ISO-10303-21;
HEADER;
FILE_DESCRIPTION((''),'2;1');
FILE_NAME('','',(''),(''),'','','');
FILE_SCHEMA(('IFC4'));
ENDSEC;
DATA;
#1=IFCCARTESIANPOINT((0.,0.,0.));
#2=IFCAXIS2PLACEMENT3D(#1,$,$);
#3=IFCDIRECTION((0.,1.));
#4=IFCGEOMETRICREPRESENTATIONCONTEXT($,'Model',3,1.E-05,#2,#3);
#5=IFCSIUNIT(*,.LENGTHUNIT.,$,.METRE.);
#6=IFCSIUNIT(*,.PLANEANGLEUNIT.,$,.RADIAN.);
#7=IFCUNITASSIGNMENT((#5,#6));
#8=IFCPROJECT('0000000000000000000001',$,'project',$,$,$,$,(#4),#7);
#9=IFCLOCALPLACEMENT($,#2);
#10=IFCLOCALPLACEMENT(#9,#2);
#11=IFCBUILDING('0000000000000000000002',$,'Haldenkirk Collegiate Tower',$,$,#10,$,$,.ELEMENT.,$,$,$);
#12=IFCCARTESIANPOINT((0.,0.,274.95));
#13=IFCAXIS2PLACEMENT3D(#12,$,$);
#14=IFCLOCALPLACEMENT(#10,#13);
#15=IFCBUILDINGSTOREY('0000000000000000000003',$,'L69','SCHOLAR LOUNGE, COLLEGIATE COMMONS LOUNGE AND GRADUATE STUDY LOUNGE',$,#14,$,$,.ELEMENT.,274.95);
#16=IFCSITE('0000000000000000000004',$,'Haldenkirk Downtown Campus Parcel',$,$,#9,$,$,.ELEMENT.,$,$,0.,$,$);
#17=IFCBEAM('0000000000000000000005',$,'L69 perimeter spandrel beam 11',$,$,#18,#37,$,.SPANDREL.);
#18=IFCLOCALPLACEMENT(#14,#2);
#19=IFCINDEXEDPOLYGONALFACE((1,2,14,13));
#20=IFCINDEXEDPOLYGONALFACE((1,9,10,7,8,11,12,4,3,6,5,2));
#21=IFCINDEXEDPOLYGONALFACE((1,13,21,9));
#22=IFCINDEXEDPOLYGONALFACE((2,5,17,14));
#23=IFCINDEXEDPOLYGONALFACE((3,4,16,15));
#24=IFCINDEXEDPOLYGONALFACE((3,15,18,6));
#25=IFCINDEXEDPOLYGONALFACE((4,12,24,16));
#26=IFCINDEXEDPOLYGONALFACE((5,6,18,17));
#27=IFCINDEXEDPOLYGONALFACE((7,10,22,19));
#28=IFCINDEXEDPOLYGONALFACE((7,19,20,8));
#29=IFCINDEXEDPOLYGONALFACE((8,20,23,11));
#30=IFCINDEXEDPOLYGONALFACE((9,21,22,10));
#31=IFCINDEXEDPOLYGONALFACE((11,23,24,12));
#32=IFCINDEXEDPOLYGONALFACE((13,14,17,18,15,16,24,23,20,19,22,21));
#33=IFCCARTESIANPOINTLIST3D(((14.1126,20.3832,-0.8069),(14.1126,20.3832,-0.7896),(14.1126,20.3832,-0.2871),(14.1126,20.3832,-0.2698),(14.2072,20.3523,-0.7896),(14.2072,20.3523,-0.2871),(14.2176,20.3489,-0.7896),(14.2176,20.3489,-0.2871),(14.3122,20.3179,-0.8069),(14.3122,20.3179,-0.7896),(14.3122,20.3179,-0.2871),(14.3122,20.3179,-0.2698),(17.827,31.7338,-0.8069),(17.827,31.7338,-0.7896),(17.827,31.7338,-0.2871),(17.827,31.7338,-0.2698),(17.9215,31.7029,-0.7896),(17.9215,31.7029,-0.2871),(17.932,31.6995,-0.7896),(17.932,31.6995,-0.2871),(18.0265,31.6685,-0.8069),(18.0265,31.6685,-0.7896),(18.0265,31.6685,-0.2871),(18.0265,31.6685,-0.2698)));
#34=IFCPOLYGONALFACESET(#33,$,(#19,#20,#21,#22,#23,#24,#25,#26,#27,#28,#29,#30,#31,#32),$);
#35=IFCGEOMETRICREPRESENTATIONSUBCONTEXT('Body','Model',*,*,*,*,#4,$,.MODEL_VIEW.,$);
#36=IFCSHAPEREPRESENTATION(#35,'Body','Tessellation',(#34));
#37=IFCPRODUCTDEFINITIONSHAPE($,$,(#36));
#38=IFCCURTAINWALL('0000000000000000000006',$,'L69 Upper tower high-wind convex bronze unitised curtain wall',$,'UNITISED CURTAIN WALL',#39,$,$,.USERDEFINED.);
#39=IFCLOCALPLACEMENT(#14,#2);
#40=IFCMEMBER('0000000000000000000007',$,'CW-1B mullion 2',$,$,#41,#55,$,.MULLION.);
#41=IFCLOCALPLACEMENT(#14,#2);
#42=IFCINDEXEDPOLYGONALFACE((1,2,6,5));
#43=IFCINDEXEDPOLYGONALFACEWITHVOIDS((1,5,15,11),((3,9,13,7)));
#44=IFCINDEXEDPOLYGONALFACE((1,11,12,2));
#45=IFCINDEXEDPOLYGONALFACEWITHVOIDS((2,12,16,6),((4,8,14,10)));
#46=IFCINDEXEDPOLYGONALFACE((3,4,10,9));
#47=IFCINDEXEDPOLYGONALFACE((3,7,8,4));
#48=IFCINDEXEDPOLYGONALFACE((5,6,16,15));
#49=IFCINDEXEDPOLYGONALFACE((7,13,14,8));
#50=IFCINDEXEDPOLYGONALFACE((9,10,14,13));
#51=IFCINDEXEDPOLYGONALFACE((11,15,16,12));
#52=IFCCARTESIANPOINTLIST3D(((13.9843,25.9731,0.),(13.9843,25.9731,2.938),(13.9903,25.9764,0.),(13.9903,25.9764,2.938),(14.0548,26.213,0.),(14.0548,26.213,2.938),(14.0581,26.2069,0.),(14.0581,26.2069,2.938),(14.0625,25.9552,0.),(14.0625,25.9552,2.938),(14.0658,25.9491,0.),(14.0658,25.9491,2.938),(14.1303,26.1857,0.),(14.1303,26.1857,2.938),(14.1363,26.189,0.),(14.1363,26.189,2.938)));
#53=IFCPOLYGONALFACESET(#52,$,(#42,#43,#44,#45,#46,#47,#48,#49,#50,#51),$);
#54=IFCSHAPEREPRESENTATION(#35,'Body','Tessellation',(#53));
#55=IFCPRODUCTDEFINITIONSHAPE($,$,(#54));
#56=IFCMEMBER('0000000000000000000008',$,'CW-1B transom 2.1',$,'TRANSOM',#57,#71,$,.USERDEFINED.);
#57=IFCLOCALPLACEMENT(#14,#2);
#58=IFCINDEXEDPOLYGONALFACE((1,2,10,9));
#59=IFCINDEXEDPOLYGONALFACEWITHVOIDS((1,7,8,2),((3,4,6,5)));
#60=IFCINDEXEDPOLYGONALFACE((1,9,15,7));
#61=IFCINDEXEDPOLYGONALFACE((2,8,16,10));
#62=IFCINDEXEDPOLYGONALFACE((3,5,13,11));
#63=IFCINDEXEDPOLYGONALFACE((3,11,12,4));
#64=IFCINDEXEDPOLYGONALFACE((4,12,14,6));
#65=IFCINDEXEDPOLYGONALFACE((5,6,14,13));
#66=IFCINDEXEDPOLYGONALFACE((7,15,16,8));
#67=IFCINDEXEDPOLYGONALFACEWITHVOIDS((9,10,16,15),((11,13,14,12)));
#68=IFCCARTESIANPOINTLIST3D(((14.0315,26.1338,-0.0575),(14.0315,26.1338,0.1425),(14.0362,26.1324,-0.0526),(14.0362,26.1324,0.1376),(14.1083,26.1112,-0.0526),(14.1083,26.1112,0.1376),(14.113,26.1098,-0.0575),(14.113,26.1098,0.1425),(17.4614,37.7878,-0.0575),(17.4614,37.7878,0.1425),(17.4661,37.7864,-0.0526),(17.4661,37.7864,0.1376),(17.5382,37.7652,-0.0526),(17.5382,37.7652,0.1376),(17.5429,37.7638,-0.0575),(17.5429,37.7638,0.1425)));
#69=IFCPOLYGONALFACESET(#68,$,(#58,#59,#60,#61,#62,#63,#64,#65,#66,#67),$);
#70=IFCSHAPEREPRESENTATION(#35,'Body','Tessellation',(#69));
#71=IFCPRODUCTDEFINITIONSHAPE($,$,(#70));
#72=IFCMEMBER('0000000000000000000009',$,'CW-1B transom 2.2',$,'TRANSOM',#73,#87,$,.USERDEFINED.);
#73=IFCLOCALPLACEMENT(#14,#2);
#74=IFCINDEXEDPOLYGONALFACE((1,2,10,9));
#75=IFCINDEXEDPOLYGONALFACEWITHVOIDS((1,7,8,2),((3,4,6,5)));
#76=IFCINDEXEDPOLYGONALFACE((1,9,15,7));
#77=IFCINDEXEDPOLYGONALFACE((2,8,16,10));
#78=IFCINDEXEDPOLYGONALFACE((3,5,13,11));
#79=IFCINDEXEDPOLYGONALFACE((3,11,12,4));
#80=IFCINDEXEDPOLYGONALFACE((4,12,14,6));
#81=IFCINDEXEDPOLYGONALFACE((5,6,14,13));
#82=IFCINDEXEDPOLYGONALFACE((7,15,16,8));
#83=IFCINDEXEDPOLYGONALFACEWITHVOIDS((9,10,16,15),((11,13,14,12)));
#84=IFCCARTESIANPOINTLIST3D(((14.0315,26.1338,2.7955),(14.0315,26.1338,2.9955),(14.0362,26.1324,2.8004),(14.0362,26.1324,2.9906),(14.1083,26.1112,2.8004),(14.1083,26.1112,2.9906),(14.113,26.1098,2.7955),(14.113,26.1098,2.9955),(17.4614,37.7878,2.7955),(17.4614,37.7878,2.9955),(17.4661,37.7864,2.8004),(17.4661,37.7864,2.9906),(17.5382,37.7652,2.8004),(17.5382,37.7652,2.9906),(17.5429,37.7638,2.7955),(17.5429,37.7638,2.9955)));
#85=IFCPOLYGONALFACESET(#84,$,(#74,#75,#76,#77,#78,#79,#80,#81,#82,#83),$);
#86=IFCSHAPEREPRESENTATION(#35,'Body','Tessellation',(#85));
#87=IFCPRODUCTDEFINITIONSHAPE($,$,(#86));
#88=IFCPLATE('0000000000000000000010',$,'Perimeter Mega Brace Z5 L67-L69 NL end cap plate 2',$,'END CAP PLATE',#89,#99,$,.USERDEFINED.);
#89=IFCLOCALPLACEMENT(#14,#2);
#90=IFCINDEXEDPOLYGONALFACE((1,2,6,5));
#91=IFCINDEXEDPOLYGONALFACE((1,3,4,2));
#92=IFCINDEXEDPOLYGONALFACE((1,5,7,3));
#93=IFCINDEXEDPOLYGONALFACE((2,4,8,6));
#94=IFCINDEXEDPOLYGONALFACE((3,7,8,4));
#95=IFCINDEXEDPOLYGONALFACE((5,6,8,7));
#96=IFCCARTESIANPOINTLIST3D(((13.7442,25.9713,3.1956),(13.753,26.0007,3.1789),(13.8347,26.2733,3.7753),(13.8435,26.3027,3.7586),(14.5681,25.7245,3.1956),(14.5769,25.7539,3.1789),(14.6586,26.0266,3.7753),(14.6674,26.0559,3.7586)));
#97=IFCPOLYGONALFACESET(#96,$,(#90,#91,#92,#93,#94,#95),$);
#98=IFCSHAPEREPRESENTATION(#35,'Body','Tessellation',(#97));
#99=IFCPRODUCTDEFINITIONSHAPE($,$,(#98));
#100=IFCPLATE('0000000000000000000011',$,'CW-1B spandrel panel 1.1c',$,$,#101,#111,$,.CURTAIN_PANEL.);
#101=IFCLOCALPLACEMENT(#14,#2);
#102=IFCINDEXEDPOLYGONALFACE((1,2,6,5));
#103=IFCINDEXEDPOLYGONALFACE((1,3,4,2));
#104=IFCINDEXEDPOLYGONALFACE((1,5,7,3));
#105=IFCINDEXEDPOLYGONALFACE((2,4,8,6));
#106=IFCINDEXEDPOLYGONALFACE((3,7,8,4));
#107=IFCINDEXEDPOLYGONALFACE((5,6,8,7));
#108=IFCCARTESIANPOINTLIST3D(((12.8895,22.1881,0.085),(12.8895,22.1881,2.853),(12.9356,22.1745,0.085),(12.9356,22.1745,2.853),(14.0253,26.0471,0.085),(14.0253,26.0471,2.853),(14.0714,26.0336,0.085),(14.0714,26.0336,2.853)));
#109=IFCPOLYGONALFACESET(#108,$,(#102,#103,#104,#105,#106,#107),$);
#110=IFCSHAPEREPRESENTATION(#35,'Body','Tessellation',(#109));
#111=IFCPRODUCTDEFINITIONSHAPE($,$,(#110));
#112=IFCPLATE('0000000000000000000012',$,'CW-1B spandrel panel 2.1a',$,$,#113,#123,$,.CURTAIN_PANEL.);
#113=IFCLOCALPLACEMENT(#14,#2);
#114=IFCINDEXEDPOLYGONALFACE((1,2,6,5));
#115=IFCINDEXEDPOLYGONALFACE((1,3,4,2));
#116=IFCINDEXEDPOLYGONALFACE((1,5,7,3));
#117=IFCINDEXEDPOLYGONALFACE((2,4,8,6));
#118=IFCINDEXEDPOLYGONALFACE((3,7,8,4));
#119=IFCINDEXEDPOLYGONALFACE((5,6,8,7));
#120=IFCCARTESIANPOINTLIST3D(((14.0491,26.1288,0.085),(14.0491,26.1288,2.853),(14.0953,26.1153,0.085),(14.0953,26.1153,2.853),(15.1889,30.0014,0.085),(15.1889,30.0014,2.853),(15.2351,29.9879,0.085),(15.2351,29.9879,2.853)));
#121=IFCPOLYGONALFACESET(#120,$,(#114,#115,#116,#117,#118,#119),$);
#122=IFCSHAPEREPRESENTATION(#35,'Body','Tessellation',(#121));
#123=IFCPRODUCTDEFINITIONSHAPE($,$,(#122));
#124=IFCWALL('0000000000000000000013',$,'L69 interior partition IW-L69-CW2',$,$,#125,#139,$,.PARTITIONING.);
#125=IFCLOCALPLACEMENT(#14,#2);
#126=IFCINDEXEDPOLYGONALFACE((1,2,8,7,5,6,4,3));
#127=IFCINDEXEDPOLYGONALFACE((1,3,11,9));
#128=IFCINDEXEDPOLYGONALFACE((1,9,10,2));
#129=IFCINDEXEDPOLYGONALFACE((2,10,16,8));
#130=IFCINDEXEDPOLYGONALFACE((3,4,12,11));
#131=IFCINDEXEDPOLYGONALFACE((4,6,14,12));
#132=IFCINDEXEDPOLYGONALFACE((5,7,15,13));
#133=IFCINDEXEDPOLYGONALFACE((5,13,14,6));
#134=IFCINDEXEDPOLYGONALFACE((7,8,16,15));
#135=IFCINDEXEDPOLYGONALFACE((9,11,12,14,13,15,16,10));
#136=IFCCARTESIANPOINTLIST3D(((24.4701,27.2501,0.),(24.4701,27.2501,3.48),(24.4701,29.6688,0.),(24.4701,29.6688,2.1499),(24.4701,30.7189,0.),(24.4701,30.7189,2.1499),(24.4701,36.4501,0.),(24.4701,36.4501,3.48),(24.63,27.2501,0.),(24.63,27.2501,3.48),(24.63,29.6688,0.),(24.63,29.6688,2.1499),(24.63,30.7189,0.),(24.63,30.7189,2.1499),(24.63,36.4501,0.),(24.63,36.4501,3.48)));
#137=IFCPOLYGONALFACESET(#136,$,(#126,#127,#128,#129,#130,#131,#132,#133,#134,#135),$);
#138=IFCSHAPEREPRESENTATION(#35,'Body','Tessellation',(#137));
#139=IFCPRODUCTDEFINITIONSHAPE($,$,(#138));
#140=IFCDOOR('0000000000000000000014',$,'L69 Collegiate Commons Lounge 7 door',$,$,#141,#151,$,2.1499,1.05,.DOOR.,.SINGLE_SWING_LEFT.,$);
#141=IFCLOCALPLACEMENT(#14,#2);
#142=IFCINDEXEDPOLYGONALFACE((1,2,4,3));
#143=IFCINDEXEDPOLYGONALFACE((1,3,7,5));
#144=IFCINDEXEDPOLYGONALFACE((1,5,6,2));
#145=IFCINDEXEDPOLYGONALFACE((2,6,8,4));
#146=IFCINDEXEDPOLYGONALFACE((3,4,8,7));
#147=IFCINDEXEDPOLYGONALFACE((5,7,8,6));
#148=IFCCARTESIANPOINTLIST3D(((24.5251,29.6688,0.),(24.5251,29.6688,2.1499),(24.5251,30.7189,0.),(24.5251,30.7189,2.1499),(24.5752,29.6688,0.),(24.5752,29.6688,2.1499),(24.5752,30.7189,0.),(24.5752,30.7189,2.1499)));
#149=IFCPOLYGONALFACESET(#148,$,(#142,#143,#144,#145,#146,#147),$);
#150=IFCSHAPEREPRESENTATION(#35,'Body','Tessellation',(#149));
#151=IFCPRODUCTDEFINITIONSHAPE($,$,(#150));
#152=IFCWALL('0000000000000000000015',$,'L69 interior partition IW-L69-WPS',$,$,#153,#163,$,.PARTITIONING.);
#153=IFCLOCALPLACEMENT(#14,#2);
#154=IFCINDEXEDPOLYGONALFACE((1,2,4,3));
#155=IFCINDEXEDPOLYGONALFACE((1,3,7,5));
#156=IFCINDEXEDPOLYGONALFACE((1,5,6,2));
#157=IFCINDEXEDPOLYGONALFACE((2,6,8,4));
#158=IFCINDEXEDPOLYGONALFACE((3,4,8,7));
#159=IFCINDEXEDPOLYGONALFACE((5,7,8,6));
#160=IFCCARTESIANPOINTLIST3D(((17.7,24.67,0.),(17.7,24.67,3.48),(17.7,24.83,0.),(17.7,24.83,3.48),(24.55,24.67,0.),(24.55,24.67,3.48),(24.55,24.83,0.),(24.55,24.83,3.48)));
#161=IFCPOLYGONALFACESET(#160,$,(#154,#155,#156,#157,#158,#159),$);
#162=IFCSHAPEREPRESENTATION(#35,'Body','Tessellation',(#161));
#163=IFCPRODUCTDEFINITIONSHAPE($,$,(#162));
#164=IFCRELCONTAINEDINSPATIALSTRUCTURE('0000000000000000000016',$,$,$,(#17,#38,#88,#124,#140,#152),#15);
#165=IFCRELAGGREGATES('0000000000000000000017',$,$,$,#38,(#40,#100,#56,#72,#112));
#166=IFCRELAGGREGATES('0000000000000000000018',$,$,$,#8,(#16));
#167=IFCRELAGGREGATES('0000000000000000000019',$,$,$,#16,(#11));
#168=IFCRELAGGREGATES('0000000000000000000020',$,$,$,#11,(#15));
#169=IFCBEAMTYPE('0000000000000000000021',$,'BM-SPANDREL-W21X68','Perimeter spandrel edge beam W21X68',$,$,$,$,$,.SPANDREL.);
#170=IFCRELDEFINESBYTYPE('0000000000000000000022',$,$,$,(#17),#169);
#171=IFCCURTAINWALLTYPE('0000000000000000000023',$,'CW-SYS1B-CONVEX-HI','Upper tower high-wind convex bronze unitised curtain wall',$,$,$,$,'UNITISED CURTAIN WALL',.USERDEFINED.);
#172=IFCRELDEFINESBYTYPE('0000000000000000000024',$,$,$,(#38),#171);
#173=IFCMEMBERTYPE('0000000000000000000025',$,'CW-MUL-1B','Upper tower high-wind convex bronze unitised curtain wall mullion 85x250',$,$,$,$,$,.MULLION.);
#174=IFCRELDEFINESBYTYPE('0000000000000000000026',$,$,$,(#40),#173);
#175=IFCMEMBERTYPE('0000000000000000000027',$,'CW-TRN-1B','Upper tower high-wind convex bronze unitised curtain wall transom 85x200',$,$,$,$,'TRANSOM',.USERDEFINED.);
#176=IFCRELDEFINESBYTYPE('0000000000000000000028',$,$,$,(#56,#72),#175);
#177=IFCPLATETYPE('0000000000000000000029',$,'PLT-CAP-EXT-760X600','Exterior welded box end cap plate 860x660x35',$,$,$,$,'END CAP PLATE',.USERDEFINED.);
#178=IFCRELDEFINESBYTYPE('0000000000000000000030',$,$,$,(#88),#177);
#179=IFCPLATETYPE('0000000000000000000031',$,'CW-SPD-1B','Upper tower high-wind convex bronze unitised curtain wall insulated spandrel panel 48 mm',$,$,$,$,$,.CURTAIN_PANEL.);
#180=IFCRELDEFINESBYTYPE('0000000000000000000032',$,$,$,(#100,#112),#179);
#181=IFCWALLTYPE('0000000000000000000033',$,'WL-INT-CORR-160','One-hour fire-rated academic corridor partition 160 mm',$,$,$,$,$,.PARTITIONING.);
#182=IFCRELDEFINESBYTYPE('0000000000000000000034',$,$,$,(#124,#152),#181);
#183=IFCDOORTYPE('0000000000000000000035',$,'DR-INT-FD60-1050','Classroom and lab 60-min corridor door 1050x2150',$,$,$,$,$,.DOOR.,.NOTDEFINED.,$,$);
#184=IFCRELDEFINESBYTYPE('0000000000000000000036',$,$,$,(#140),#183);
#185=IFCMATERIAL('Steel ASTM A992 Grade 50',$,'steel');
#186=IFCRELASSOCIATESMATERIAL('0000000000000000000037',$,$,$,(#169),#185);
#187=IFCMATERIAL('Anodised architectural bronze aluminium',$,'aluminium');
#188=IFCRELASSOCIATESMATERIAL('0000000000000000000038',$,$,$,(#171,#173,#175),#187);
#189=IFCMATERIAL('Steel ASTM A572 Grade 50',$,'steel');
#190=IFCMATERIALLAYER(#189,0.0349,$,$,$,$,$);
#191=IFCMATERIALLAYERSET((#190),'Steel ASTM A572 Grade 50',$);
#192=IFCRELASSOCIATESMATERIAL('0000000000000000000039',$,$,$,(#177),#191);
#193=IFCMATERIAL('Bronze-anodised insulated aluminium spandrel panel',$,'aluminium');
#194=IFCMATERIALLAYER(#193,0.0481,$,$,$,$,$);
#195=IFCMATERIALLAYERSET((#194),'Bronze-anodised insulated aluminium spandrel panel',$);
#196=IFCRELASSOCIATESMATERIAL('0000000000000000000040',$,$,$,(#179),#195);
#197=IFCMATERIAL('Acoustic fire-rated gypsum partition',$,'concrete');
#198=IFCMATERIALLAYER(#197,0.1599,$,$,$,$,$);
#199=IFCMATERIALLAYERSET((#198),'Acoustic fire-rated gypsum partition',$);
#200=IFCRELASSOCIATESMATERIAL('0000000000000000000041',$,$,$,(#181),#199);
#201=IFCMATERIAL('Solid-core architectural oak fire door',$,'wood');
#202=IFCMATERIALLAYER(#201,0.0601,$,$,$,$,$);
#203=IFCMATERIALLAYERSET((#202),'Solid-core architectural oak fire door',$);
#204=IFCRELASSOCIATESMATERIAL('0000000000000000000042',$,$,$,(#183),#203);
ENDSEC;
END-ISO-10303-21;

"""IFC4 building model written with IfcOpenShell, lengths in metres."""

from ifc_helpers import new_model, si_unit, direction, frame, frame_2d, origin, origin_2d, place, context, subcontext, project, spatial, rectangle, hollow_rectangle, i_section, extrude, source, transform, mapped, material, layer, layer_set, material_profile, profile_set, type_object, element, fill, aggregate, save


model = new_model("IFC4")

# Units and contexts
model_context = context("Model", 3, precision=1e-05, world=origin(), true_north=direction((0.0, 1.0)))
body_context = subcontext(model_context, "Body", "Model", "MODEL_VIEW")
ifc_project = project(units=[si_unit("LENGTHUNIT", "METRE"), si_unit("PLANEANGLEUNIT", "RADIAN")], contexts=[model_context])

# Site, building, storey
site_placement = place(None, origin())
site = spatial("IfcSite", under=ifc_project, at=site_placement, Name="Haldenkirk Downtown Campus Parcel", CompositionType="ELEMENT", RefElevation=0.0)
building_placement = place(site_placement, origin())
building = spatial("IfcBuilding", under=site, at=building_placement, Name="Haldenkirk Collegiate Tower", CompositionType="ELEMENT")
storey_placement = place(building_placement, frame((0.0, 0.0, 274.95)))
storey = spatial("IfcBuildingStorey", under=building, at=storey_placement, Name="L69", Description="SCHOLAR LOUNGE, COLLEGIATE COMMONS LOUNGE AND GRADUATE STUDY LOUNGE", CompositionType="ELEMENT", Elevation=274.95)

# Beam
ifc_material_1 = material(Name="Steel ASTM A992 Grade 50", Category="steel")
ifc_material_profile_1 = material_profile(ifc_material_1, i_section(OverallWidth=0.21, OverallDepth=0.5371, WebThickness=0.011, FlangeThickness=0.0173, at=origin_2d()), Name="W21X68")
ifc_profile_set_1 = profile_set([ifc_material_profile_1], Name="Steel ASTM A992 Grade 50")
beam_type = type_object("IfcBeamType", Name="BM-SPANDREL-W21X68", Description="Perimeter spandrel edge beam W21X68", PredefinedType="SPANDREL", material=ifc_profile_set_1)
beam_placement = place(storey_placement, frame((17.9268, 31.7012, -0.5383), z_axis=(-0.31101, -0.950407, 0.0), x_axis=(0.950407, -0.31101, 0.0)))
element("IfcBeam", 1, at=beam_placement, inside=storey, type_object=beam_type, Name="L69 perimeter spandrel beam 11", PredefinedType="SPANDREL", context=body_context, shape_type="SweptSolid", body=[
    extrude(i_section(OverallWidth=0.21, OverallDepth=0.5371, WebThickness=0.011, FlangeThickness=0.0173, at=origin_2d()), origin(), (0.0, 0.0, 1.0), 11.9429),
])

# Curtain wall, members
ifc_material_2 = material(Name="Anodised architectural bronze aluminium", Category="aluminium")
curtain_wall_type = type_object("IfcCurtainWallType", Name="CW-SYS1B-CONVEX-HI", Description="Upper tower high-wind convex bronze unitised curtain wall", ElementType="UNITISED CURTAIN WALL", PredefinedType="USERDEFINED", material=ifc_material_2)
curtain_wall_placement = place(storey_placement, origin())
curtain_wall = element("IfcCurtainWall", 2, at=curtain_wall_placement, inside=storey, type_object=curtain_wall_type, Name="L69 Upper tower high-wind convex bronze unitised curtain wall", ObjectType="UNITISED CURTAIN WALL", PredefinedType="USERDEFINED")
ifc_material_profile_2 = material_profile(ifc_material_2, hollow_rectangle(XDim=0.085, YDim=0.25, WallThickness=0.0049, at=origin_2d()), Name="CW-MUL-1B")
ifc_profile_set_2 = profile_set([ifc_material_profile_2], Name="Anodised architectural bronze aluminium")
member_type_1 = type_object("IfcMemberType", Name="CW-MUL-1B", Description="Upper tower high-wind convex bronze unitised curtain wall mullion 85x250", PredefinedType="MULLION", material=ifc_profile_set_2)
member_1_placement = place(storey_placement, frame((14.0603, 26.0811, 0.0), z_axis=(0.0, 0.0, 1.0), x_axis=(-0.959313, 0.282344, 0.0)))
member_1 = element("IfcMember", 3, at=member_1_placement, type_object=member_type_1, Name="CW-1B mullion 2", PredefinedType="MULLION", context=body_context, shape_type="SweptSolid", body=[
    extrude(hollow_rectangle(XDim=0.085, YDim=0.25, WallThickness=0.0049, at=origin_2d()), origin(), (0.0, 0.0, 1.0), 2.938),
])
ifc_material_profile_3 = material_profile(ifc_material_2, hollow_rectangle(XDim=0.085, YDim=0.2, WallThickness=0.0049, at=origin_2d()), Name="CW-TRN-1B")
ifc_profile_set_3 = profile_set([ifc_material_profile_3], Name="Anodised architectural bronze aluminium")
member_type_2 = type_object("IfcMemberType", Name="CW-TRN-1B", Description="Upper tower high-wind convex bronze unitised curtain wall transom 85x200", ElementType="TRANSOM", PredefinedType="USERDEFINED", material=ifc_profile_set_3)
member_2_placement = place(storey_placement, frame((14.0723, 26.1218, 0.0425), z_axis=(0.282338, 0.959315, 0.0), x_axis=(-0.959315, 0.282338, 0.0)))
member_2 = element("IfcMember", 4, at=member_2_placement, type_object=member_type_2, Name="CW-1B transom 2.1", ObjectType="TRANSOM", PredefinedType="USERDEFINED", context=body_context, shape_type="SweptSolid", body=[
    extrude(hollow_rectangle(XDim=0.085, YDim=0.2, WallThickness=0.0049, at=origin_2d()), origin(), (0.0, 0.0, 1.0), 12.1482),
])
member_3_placement = place(storey_placement, frame((14.0723, 26.1218, 2.8955), z_axis=(0.282338, 0.959315, 0.0), x_axis=(-0.959315, 0.282338, 0.0)))
member_3 = element("IfcMember", 5, at=member_3_placement, type_object=member_type_2, Name="CW-1B transom 2.2", ObjectType="TRANSOM", PredefinedType="USERDEFINED", context=body_context, shape_type="SweptSolid", body=[
    extrude(hollow_rectangle(XDim=0.085, YDim=0.2, WallThickness=0.0049, at=origin_2d()), origin(), (0.0, 0.0, 1.0), 12.1482),
])

# Plates
ifc_material_3 = material(Name="Steel ASTM A572 Grade 50", Category="steel")
ifc_layer_1 = layer(ifc_material_3, 0.0349)
ifc_layer_set_1 = layer_set([ifc_layer_1], Name="Steel ASTM A572 Grade 50")
plate_type_1 = type_object("IfcPlateType", Name="PLT-CAP-EXT-760X600", Description="Exterior welded box end cap plate 860x660x35", ElementType="END CAP PLATE", PredefinedType="USERDEFINED", material=ifc_layer_set_1)
shared_shape_1 = source(origin(), body_context, "Body", "SweptSolid", [
    extrude(rectangle(XDim=0.8601, YDim=0.6599, at=origin_2d()), origin(), (0.0, 0.0, 1.0), 0.0349),
])
plate_1_placement = place(storey_placement, frame((14.2102, 26.0283, 3.4688), z_axis=(-0.252051, -0.841553, 0.477764), x_axis=(0.957956, -0.286915, 0.0)))
element("IfcPlate", 6, at=plate_1_placement, inside=storey, type_object=plate_type_1, Name="Perimeter Mega Brace Z5 L67-L69 NL end cap plate 2", ObjectType="END CAP PLATE", PredefinedType="USERDEFINED", context=body_context, shape_type="MappedRepresentation", body=[
    mapped(shared_shape_1, transform((0.0, 0.0, 0.0), x_axis=(1.0, 0.0, 0.0), y_axis=(0.0, 1.0, 0.0), z_axis=(0.0, 0.0, 1.0), scale=1.0)),
])
ifc_material_4 = material(Name="Bronze-anodised insulated aluminium spandrel panel", Category="aluminium")
ifc_layer_2 = layer(ifc_material_4, 0.0481)
ifc_layer_set_2 = layer_set([ifc_layer_2], Name="Bronze-anodised insulated aluminium spandrel panel")
plate_type_2 = type_object("IfcPlateType", Name="CW-SPD-1B", Description="Upper tower high-wind convex bronze unitised curtain wall insulated spandrel panel 48 mm", PredefinedType="CURTAIN_PANEL", material=ifc_layer_set_2)
shared_shape_2 = source(origin(), body_context, "Body", "SweptSolid", [
    extrude(rectangle(XDim=4.0227, YDim=0.0481, at=origin_2d()), origin(), (0.0, 0.0, 1.0), 2.7681),
])
plate_2_placement = place(storey_placement, frame((13.4805, 24.1108, 0.085), z_axis=(0.0, 0.0, 1.0), x_axis=(0.282344, 0.959313, 0.0)))
plate_2 = element("IfcPlate", 7, at=plate_2_placement, type_object=plate_type_2, Name="CW-1B spandrel panel 1.1c", PredefinedType="CURTAIN_PANEL", context=body_context, shape_type="MappedRepresentation", body=[
    mapped(shared_shape_2, transform((0.0, 0.0, 0.0), x_axis=(1.0, 0.0, 0.0), y_axis=(0.0, 1.0, 0.0), z_axis=(0.0, 0.0, 1.0), scale=1.0)),
])
shared_shape_3 = source(origin(), body_context, "Body", "SweptSolid", [
    extrude(rectangle(XDim=4.0369, YDim=0.0481, at=origin_2d()), origin(), (0.0, 0.0, 1.0), 2.7681),
])
plate_3_placement = place(storey_placement, frame((14.6421, 28.0583, 0.085), z_axis=(0.0, 0.0, 1.0), x_axis=(0.282344, 0.959313, 0.0)))
plate_3 = element("IfcPlate", 8, at=plate_3_placement, type_object=plate_type_2, Name="CW-1B spandrel panel 2.1a", PredefinedType="CURTAIN_PANEL", context=body_context, shape_type="MappedRepresentation", body=[
    mapped(shared_shape_3, transform((0.0, 0.0, 0.0), x_axis=(1.0, 0.0, 0.0), y_axis=(0.0, 1.0, 0.0), z_axis=(0.0, 0.0, 1.0), scale=1.0)),
])
aggregate(curtain_wall, [member_1, plate_2, member_2, member_3, plate_3])

# Shared definitions
ifc_material_5 = material(Name="Acoustic fire-rated gypsum partition", Category="concrete")
ifc_layer_3 = layer(ifc_material_5, 0.1599)
ifc_layer_set_3 = layer_set([ifc_layer_3], Name="Acoustic fire-rated gypsum partition")
wall_type_1 = type_object("IfcWallType", Name="WL-INT-CORR-160", Description="One-hour fire-rated academic corridor partition 160 mm", PredefinedType="PARTITIONING", material=ifc_layer_set_3)
ifc_material_6 = material(Name="Solid-core architectural oak fire door", Category="wood")

# Wall, opening, door
wall_1_placement = place(storey_placement, frame((24.55, 27.25, 0.0), z_axis=(0.0, 0.0, 1.0), x_axis=(0.0, 1.0, 0.0)))
wall_1 = element("IfcWall", 9, at=wall_1_placement, inside=storey, type_object=wall_type_1, Name="L69 interior partition IW-L69-CW2", PredefinedType="PARTITIONING", context=body_context, shape_type="SweptSolid", body=[
    extrude(rectangle(XDim=9.2, YDim=0.1599, at=frame_2d((4.6001, 0.0))), origin(), (0.0, 0.0, 1.0), 3.48),
])
opening_1_placement = place(wall_1_placement, frame((2.4189, 0.0, 0.0)))
opening_1 = element("IfcOpeningElement", 10, at=opening_1_placement, cuts=wall_1, PredefinedType="OPENING", context=body_context, shape_type="SweptSolid", body=[
    extrude(rectangle(XDim=1.05, YDim=2.1499, at=frame_2d((0.5249, 1.075))), frame((0.0, 0.0898, 0.0), z_axis=(0.0, -1.0, 0.0), x_axis=(1.0, 0.0, 0.0)), (0.0, 0.0, 1.0), 0.1799),
])
ifc_layer_4 = layer(ifc_material_6, 0.0601)
ifc_layer_set_4 = layer_set([ifc_layer_4], Name="Solid-core architectural oak fire door")
door_type_1 = type_object("IfcDoorType", Name="DR-INT-FD60-1050", Description="Classroom and lab 60-min corridor door 1050x2150", OperationType="NOTDEFINED", PredefinedType="DOOR", material=ifc_layer_set_4)
door_1_placement = place(opening_1_placement, origin())
door_1 = element("IfcDoor", 11, at=door_1_placement, inside=storey, type_object=door_type_1, Name="L69 Collegiate Commons Lounge 7 door", OperationType="SINGLE_SWING_LEFT", OverallHeight=2.1499, OverallWidth=1.05, PredefinedType="DOOR", context=body_context, shape_type="SweptSolid", body=[
    extrude(rectangle(XDim=1.05, YDim=2.1499, at=frame_2d((0.5249, 1.075))), frame((0.0, 0.0249, 0.0), z_axis=(0.0, -1.0, 0.0), x_axis=(1.0, 0.0, 0.0)), (0.0, 0.0, 1.0), 0.05),
])
fill(opening_1, door_1)

# Wall
for number, where, z_axis, x_axis, name in (
    (12, (17.7, 24.75, 0.0), (0.0, 0.0, 1.0), (1.0, 0.0, 0.0), "L69 interior partition IW-L69-WPS"),
):
    element("IfcWall", number, at=place(storey_placement, frame(where, z_axis=z_axis, x_axis=x_axis)), inside=storey, type_object=wall_type_1, Name=name, PredefinedType="PARTITIONING", context=body_context, shape_type="SweptSolid", body=[
        extrude(rectangle(XDim=6.8501, YDim=0.1599, at=frame_2d((3.425, 0.0))), origin(), (0.0, 0.0, 1.0), 3.48),
    ])

save(model, "model.ifc")
